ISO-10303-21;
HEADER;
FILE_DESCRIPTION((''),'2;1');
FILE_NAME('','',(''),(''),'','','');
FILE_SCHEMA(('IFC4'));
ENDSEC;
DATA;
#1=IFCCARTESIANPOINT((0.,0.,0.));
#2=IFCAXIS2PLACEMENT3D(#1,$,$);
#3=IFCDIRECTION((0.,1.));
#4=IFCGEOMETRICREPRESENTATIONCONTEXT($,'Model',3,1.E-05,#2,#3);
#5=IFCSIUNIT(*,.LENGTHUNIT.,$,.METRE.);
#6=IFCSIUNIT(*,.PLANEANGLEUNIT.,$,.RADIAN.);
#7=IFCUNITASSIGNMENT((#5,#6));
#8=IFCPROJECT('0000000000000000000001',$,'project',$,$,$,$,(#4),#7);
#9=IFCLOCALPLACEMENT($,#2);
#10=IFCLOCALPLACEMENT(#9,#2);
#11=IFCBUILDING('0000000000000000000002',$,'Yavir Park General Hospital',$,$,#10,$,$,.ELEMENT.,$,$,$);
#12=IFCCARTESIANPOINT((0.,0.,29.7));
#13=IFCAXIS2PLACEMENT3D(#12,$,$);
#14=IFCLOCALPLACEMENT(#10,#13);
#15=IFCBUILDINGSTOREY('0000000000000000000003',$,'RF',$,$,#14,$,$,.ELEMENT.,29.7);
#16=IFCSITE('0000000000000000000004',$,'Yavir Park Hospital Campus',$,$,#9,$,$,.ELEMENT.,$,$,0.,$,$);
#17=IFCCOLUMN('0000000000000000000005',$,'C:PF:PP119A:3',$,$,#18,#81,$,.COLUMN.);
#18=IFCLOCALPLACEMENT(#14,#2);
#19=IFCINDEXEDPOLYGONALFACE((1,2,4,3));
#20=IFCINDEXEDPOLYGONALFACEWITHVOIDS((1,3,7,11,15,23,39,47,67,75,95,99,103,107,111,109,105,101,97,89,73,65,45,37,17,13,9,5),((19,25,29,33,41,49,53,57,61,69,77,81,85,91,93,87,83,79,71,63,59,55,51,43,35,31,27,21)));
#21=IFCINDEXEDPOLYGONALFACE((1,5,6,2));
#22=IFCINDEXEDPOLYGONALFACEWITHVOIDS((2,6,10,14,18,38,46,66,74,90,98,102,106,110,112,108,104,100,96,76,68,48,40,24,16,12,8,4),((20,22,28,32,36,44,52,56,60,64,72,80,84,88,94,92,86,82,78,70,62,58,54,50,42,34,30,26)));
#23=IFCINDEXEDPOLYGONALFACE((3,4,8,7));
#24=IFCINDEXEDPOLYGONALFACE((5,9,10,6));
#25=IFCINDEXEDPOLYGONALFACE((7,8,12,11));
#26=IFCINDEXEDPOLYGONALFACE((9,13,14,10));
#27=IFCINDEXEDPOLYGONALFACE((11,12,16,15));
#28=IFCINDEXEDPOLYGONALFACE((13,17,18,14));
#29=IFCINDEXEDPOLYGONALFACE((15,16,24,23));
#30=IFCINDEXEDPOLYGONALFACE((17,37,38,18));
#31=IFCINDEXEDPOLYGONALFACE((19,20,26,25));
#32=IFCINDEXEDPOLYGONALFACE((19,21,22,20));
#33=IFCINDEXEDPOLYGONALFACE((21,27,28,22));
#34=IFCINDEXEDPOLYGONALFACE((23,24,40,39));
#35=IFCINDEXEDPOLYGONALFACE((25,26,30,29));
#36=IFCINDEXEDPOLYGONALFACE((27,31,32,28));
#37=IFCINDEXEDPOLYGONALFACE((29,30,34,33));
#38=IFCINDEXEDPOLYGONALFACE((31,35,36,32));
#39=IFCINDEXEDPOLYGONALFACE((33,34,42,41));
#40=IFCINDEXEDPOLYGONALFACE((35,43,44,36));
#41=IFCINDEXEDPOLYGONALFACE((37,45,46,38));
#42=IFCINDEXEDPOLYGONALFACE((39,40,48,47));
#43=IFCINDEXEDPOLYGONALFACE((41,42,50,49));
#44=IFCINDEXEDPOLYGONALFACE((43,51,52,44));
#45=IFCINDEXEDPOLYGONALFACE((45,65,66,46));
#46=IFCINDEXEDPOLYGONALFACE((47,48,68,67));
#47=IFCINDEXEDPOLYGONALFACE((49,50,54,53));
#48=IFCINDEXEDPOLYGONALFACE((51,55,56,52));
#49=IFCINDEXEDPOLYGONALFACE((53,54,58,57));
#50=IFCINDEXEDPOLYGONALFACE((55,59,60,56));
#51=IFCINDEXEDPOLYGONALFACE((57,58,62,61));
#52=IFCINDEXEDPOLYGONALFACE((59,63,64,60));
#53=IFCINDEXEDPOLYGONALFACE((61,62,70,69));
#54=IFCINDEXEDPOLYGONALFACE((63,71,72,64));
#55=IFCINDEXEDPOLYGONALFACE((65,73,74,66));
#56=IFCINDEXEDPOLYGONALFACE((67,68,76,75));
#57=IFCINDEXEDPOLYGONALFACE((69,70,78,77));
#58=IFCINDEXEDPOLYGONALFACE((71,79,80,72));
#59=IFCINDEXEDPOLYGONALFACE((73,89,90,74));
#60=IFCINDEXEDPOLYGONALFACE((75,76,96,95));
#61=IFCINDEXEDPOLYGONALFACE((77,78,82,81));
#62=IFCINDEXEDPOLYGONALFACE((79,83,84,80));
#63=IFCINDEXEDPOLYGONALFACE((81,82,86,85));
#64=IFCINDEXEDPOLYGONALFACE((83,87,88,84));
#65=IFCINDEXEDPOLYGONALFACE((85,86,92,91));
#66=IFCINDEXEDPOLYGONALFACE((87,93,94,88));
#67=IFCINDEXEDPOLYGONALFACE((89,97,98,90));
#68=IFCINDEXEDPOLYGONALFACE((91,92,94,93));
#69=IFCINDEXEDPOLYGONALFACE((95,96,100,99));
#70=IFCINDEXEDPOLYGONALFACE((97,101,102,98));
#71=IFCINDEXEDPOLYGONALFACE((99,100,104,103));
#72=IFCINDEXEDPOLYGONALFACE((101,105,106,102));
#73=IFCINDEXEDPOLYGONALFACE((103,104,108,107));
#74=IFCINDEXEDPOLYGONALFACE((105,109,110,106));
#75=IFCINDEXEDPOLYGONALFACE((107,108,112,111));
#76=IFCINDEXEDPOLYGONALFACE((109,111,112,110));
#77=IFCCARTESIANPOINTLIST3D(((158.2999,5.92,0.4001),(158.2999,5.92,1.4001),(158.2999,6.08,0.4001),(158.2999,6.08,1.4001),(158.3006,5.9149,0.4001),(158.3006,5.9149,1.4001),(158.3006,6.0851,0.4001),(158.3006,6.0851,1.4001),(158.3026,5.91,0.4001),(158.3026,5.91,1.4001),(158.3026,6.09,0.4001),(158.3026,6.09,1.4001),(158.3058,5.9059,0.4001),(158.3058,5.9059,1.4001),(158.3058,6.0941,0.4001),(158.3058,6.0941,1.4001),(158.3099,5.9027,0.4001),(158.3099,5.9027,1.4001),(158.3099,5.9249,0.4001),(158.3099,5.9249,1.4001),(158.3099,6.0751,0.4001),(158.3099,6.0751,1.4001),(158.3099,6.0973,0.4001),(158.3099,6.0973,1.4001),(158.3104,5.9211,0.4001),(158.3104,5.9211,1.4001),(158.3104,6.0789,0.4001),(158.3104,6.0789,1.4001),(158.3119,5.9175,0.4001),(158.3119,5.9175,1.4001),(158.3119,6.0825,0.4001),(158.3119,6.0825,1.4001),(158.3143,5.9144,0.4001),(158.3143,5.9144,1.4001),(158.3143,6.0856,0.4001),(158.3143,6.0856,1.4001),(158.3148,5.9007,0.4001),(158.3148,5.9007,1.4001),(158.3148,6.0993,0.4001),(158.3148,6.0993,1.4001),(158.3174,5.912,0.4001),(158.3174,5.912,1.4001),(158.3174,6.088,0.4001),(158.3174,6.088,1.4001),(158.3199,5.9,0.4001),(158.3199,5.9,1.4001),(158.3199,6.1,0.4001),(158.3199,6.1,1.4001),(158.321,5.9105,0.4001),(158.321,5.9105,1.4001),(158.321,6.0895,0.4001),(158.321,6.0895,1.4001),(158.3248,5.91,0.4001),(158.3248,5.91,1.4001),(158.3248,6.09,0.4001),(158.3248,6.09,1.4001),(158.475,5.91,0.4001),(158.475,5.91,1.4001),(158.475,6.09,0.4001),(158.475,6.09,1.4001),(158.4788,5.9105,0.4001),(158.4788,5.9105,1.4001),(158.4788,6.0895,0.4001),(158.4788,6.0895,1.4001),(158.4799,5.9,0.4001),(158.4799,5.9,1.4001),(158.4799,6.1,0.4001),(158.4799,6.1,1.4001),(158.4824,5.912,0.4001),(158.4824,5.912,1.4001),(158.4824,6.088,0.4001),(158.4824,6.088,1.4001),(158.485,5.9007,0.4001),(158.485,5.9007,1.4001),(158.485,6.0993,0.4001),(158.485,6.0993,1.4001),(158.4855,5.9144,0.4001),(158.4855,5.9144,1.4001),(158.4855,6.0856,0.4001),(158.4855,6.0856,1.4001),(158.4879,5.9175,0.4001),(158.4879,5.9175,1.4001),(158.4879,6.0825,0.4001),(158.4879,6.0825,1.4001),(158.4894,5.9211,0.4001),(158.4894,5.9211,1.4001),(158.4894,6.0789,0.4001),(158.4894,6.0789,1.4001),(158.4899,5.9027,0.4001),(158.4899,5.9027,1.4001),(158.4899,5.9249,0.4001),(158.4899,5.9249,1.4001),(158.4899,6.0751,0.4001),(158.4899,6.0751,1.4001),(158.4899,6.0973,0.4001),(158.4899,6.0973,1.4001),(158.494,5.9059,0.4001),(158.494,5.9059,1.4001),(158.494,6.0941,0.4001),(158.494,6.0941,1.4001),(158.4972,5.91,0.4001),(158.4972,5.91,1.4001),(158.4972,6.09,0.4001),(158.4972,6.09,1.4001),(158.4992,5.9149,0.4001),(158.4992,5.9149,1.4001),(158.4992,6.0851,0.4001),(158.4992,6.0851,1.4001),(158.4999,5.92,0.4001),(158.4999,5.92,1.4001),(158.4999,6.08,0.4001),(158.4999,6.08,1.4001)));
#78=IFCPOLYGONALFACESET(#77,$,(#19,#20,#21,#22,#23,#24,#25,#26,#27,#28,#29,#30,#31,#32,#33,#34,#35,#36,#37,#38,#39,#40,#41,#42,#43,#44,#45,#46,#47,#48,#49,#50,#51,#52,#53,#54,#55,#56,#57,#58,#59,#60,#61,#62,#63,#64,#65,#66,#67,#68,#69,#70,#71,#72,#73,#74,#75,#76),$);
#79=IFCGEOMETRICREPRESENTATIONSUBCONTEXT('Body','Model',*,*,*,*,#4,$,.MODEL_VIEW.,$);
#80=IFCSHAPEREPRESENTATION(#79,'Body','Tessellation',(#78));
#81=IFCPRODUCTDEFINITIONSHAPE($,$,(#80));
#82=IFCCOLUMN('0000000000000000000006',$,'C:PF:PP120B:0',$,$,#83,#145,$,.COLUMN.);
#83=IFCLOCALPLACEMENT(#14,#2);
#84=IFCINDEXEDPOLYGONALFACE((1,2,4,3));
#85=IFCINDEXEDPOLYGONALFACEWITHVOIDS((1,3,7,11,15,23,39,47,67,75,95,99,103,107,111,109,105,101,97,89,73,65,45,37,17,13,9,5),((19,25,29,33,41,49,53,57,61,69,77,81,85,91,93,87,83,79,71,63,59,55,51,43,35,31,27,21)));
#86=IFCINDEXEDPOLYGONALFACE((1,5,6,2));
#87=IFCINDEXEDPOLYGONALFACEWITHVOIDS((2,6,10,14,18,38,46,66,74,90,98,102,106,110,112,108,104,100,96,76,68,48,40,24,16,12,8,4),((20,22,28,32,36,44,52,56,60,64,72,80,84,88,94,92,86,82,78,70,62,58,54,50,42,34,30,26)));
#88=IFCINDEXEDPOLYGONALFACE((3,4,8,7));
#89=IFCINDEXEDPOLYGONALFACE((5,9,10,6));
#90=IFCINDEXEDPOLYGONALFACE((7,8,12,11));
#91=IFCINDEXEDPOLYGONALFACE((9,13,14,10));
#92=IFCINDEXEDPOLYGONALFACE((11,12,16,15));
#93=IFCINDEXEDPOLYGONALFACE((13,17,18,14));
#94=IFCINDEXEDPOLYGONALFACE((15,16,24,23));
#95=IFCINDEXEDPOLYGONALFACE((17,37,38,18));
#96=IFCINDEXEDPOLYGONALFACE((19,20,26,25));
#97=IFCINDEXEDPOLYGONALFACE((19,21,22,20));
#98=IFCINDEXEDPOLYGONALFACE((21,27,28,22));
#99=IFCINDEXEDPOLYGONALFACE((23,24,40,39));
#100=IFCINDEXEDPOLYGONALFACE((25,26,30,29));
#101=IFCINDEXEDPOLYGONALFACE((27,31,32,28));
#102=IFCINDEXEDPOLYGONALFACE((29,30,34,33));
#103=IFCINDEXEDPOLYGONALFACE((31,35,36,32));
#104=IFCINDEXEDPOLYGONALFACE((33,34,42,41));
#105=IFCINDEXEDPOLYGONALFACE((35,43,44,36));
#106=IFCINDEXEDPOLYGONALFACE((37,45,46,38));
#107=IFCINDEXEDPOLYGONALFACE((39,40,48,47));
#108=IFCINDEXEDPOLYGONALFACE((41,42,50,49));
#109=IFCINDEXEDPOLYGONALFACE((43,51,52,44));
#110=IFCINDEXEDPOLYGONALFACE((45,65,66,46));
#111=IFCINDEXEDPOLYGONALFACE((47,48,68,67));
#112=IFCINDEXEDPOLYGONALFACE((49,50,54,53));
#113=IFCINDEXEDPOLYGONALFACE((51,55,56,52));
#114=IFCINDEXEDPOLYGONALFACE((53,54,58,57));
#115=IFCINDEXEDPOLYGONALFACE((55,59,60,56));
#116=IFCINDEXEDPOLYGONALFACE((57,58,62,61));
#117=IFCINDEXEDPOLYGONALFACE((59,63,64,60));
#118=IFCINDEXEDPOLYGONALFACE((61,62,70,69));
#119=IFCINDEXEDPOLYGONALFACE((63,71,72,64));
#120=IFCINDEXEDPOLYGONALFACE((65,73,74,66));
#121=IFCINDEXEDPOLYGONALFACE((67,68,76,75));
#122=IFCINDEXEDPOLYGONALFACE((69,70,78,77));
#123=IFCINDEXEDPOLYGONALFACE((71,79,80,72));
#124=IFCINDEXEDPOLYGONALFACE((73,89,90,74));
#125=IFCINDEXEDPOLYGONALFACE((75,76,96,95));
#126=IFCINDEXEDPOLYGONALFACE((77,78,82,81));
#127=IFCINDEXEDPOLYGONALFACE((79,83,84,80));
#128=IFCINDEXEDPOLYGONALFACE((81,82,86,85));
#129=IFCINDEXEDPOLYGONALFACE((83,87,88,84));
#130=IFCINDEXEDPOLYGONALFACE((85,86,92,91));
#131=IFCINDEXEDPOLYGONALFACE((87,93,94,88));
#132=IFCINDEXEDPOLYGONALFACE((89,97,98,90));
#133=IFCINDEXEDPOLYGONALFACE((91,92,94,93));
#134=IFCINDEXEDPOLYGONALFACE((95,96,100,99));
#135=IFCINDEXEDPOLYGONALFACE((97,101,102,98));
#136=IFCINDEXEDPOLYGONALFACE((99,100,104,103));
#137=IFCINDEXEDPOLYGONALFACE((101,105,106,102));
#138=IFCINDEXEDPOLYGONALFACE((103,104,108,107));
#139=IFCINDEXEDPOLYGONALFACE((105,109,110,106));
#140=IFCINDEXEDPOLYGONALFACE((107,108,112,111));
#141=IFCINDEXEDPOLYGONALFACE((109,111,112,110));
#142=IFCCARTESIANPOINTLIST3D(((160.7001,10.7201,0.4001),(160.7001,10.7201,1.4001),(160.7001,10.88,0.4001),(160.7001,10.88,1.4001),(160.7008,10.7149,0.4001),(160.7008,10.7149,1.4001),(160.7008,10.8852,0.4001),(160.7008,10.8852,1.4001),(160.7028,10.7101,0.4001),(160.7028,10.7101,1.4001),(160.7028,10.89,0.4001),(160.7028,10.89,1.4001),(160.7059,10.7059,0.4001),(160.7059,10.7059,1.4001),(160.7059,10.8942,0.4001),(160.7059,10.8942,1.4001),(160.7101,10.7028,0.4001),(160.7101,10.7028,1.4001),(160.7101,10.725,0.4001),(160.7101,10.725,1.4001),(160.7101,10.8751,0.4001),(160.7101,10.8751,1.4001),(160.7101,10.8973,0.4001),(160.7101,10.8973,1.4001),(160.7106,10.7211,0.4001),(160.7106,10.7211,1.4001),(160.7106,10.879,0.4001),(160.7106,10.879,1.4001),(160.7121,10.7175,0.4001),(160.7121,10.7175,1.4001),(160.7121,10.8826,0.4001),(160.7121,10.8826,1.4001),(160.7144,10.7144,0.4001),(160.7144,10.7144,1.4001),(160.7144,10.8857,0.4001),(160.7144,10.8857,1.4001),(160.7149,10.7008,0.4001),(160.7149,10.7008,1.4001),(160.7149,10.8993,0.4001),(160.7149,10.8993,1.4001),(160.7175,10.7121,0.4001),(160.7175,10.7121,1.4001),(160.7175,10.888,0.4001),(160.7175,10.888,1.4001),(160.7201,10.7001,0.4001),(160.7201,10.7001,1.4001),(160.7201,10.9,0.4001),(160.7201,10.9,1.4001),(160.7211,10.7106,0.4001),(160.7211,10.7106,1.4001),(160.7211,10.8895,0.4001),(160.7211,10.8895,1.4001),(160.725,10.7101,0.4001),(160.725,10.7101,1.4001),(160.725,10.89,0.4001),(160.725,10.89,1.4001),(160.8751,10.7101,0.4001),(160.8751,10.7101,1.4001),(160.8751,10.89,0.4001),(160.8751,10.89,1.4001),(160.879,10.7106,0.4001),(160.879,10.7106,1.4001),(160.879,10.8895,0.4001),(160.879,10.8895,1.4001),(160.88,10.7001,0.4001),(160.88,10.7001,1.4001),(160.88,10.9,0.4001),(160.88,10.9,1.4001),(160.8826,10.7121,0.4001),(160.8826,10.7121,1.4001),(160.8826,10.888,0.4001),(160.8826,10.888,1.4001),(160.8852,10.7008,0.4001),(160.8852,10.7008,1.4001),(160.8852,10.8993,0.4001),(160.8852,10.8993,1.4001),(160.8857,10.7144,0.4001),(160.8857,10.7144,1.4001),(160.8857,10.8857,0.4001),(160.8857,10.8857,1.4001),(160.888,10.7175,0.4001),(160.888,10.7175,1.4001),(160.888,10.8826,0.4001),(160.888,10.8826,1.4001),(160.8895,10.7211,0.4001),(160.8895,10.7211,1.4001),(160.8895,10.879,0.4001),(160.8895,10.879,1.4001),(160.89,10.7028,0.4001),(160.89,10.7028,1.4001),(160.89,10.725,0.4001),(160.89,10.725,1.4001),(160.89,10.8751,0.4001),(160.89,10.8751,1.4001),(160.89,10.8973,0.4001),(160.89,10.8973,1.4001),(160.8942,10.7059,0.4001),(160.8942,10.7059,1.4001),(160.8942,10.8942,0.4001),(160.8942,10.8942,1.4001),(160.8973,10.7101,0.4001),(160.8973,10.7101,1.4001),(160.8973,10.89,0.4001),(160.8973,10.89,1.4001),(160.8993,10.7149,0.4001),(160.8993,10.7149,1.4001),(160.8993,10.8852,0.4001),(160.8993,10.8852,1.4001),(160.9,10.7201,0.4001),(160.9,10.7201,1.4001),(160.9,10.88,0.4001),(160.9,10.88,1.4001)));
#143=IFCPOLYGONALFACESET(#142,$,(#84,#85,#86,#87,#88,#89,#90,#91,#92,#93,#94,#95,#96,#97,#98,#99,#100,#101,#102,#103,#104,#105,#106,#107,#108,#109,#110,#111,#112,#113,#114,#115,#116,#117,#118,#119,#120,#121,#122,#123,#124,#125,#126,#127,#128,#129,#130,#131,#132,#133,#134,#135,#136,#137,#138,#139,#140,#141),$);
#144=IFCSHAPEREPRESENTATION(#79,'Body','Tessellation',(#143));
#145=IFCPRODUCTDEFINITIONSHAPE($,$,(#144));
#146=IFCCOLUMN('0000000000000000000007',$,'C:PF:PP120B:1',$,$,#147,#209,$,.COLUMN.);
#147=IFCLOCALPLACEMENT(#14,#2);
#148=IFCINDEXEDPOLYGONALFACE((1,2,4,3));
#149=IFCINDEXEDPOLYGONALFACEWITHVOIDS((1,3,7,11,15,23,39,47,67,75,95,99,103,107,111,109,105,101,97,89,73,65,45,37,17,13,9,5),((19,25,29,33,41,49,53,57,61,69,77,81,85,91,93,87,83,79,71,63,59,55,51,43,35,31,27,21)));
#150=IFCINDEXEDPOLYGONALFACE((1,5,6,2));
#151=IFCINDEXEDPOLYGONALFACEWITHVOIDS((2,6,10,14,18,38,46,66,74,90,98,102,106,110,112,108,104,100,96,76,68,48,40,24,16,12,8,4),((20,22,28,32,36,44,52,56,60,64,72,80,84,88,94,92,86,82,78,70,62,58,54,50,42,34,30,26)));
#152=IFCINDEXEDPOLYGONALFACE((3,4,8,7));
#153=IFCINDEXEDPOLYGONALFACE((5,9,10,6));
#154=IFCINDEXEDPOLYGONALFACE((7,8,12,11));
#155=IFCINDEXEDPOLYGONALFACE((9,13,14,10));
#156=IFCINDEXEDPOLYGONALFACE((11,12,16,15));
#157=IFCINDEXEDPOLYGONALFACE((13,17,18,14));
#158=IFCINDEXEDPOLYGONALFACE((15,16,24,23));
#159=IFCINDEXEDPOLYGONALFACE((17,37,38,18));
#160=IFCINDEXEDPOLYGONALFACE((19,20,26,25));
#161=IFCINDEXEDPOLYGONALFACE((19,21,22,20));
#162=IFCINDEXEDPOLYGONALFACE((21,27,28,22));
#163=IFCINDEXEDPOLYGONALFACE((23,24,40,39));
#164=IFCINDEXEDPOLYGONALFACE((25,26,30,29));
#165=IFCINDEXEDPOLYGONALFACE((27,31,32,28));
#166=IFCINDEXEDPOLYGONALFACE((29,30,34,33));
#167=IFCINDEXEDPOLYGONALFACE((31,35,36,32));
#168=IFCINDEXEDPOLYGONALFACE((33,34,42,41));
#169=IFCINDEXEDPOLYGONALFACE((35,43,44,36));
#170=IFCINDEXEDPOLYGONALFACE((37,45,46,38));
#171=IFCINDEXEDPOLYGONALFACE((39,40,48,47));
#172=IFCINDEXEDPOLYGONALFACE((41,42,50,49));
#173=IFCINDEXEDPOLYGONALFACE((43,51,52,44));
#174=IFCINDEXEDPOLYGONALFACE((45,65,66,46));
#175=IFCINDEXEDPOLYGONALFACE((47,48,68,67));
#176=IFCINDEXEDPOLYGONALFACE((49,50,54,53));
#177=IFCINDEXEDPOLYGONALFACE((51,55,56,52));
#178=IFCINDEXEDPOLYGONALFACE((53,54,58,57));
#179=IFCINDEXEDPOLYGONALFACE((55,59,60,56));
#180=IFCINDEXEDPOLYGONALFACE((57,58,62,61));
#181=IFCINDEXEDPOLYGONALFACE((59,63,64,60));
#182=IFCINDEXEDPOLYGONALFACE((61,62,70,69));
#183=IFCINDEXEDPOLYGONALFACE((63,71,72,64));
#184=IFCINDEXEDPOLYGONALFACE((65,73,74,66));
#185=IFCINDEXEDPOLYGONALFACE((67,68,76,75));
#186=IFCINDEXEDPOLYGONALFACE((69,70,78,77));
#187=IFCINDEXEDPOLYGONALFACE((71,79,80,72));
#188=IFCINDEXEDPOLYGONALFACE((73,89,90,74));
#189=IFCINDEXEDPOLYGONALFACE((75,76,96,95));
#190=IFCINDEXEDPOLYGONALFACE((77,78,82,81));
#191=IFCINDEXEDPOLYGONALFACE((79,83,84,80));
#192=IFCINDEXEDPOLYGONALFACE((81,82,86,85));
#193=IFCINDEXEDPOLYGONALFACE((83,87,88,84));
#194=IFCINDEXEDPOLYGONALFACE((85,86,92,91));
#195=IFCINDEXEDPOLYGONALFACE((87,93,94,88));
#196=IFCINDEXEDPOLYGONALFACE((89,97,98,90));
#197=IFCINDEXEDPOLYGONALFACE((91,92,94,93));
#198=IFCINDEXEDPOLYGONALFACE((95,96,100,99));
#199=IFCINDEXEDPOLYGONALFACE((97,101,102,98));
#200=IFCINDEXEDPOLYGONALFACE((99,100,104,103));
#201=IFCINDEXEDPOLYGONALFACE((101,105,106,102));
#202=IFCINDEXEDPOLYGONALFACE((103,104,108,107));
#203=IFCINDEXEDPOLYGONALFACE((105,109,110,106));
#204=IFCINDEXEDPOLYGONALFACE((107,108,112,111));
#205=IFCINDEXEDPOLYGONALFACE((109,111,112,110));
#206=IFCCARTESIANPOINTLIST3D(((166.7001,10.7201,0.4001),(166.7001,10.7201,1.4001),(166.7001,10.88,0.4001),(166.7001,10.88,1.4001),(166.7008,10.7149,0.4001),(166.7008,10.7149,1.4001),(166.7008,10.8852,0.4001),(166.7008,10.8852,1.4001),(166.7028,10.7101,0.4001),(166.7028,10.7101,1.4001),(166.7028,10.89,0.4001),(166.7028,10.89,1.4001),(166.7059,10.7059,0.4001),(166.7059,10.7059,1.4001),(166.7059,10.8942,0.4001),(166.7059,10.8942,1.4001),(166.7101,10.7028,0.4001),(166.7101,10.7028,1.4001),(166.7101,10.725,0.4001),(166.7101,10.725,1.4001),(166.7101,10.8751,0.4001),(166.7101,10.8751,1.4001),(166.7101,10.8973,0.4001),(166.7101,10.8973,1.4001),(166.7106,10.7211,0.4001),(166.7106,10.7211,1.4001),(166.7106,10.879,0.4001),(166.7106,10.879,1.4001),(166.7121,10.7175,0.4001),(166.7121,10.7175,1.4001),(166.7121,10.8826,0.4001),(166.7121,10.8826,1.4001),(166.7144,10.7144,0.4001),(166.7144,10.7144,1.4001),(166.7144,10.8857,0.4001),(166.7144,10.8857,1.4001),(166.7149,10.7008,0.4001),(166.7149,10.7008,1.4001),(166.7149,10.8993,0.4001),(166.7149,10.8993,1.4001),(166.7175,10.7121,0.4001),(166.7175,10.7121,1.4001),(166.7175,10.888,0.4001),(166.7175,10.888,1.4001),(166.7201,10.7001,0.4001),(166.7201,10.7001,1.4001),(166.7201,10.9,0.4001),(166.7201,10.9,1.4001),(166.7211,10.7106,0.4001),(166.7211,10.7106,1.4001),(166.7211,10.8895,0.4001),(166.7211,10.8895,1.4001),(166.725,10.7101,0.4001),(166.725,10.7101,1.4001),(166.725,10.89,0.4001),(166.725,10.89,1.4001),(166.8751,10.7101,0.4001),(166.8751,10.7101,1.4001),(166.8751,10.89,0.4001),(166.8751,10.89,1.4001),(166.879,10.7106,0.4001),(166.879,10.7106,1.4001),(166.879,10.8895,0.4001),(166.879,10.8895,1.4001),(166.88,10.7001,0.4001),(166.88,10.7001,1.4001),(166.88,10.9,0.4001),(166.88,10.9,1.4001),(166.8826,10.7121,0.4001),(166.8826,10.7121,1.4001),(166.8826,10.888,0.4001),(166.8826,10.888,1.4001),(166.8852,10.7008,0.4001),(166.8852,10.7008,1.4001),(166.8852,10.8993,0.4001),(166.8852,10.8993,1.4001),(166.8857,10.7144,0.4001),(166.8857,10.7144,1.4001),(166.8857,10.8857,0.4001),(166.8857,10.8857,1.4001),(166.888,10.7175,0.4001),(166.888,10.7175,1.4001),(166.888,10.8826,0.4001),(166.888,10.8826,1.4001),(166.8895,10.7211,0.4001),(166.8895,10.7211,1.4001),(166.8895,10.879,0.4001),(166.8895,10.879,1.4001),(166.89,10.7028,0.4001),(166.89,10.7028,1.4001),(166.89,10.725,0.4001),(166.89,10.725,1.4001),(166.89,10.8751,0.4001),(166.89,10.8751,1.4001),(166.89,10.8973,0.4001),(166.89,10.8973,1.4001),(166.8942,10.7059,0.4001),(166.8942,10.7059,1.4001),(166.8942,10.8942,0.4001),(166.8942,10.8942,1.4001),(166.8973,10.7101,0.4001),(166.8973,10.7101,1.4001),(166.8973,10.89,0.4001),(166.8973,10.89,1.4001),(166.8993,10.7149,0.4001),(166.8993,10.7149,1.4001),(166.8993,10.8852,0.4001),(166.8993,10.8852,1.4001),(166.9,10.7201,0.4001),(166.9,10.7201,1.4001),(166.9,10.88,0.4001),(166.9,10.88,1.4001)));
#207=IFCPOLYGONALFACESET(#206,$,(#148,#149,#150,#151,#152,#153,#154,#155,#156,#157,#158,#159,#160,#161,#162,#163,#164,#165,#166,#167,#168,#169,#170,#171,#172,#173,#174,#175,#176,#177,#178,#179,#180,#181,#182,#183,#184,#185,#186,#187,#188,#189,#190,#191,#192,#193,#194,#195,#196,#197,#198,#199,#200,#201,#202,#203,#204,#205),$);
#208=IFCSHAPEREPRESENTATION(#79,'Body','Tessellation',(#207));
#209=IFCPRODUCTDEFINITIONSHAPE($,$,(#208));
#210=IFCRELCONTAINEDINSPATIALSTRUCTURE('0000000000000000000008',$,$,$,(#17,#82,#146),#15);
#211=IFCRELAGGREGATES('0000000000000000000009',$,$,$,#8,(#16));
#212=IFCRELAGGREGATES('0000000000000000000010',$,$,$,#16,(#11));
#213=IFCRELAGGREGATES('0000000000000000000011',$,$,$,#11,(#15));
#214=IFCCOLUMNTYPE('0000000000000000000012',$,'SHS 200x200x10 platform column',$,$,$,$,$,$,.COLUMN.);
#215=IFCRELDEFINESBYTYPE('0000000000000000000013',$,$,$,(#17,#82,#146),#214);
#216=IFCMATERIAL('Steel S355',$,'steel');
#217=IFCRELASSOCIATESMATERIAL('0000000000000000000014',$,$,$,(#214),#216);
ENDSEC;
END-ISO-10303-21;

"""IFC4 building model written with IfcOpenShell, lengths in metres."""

from ifc_helpers import new_model, si_unit, direction, frame, origin, origin_2d, place, context, subcontext, project, spatial, hollow_rectangle, extrude, material, material_profile, profile_set, type_object, element, save


model = new_model("IFC4")

# Units and contexts
model_context = context("Model", 3, precision=1e-05, world=origin(), true_north=direction((0.0, 1.0)))
body_context = subcontext(model_context, "Body", "Model", "MODEL_VIEW")
ifc_project = project(units=[si_unit("LENGTHUNIT", "METRE"), si_unit("PLANEANGLEUNIT", "RADIAN")], contexts=[model_context])

# Site, building, storey
site_placement = place(None, origin())
site = spatial("IfcSite", under=ifc_project, at=site_placement, Name="Yavir Park Hospital Campus", CompositionType="ELEMENT", RefElevation=0.0)
building_placement = place(site_placement, origin())
building = spatial("IfcBuilding", under=site, at=building_placement, Name="Yavir Park General Hospital", CompositionType="ELEMENT")
storey_placement = place(building_placement, frame((0.0, 0.0, 29.7)))
storey = spatial("IfcBuildingStorey", under=building, at=storey_placement, Name="RF", CompositionType="ELEMENT", Elevation=29.7)

# Columns
ifc_material_1 = material(Name="Steel S355", Category="steel")
ifc_material_profile_1 = material_profile(ifc_material_1, hollow_rectangle(XDim=0.2, YDim=0.2, WallThickness=0.01, InnerFilletRadius=0.0149, OuterFilletRadius=0.02, at=origin_2d()), Name="SHS200x200x10")
ifc_profile_set_1 = profile_set([ifc_material_profile_1], Name="Steel S355")
column_type_1 = type_object("IfcColumnType", Name="SHS 200x200x10 platform column", PredefinedType="COLUMN", material=ifc_profile_set_1)
for number, where, z_axis, x_axis, name in (
    (1, (158.3999, 6.0, 0.4001), (0.0, 0.0, 1.0), (1.0, 0.0, 0.0), "C:PF:PP119A:3"),
    (2, (160.8, 10.8, 0.4001), (0.0, 0.0, 1.0), (1.0, 0.0, 0.0), "C:PF:PP120B:0"),
    (3, (166.8, 10.8, 0.4001), (0.0, 0.0, 1.0), (1.0, 0.0, 0.0), "C:PF:PP120B:1"),
):
    element("IfcColumn", number, at=place(storey_placement, frame(where, z_axis=z_axis, x_axis=x_axis)), inside=storey, type_object=column_type_1, Name=name, PredefinedType="COLUMN", context=body_context, shape_type="SweptSolid", body=[
        extrude(hollow_rectangle(XDim=0.2, YDim=0.2, WallThickness=0.01, InnerFilletRadius=0.0149, OuterFilletRadius=0.02, at=origin_2d()), origin(), (0.0, 0.0, 1.0), 1.0),
    ])

save(model, "model.ifc")
